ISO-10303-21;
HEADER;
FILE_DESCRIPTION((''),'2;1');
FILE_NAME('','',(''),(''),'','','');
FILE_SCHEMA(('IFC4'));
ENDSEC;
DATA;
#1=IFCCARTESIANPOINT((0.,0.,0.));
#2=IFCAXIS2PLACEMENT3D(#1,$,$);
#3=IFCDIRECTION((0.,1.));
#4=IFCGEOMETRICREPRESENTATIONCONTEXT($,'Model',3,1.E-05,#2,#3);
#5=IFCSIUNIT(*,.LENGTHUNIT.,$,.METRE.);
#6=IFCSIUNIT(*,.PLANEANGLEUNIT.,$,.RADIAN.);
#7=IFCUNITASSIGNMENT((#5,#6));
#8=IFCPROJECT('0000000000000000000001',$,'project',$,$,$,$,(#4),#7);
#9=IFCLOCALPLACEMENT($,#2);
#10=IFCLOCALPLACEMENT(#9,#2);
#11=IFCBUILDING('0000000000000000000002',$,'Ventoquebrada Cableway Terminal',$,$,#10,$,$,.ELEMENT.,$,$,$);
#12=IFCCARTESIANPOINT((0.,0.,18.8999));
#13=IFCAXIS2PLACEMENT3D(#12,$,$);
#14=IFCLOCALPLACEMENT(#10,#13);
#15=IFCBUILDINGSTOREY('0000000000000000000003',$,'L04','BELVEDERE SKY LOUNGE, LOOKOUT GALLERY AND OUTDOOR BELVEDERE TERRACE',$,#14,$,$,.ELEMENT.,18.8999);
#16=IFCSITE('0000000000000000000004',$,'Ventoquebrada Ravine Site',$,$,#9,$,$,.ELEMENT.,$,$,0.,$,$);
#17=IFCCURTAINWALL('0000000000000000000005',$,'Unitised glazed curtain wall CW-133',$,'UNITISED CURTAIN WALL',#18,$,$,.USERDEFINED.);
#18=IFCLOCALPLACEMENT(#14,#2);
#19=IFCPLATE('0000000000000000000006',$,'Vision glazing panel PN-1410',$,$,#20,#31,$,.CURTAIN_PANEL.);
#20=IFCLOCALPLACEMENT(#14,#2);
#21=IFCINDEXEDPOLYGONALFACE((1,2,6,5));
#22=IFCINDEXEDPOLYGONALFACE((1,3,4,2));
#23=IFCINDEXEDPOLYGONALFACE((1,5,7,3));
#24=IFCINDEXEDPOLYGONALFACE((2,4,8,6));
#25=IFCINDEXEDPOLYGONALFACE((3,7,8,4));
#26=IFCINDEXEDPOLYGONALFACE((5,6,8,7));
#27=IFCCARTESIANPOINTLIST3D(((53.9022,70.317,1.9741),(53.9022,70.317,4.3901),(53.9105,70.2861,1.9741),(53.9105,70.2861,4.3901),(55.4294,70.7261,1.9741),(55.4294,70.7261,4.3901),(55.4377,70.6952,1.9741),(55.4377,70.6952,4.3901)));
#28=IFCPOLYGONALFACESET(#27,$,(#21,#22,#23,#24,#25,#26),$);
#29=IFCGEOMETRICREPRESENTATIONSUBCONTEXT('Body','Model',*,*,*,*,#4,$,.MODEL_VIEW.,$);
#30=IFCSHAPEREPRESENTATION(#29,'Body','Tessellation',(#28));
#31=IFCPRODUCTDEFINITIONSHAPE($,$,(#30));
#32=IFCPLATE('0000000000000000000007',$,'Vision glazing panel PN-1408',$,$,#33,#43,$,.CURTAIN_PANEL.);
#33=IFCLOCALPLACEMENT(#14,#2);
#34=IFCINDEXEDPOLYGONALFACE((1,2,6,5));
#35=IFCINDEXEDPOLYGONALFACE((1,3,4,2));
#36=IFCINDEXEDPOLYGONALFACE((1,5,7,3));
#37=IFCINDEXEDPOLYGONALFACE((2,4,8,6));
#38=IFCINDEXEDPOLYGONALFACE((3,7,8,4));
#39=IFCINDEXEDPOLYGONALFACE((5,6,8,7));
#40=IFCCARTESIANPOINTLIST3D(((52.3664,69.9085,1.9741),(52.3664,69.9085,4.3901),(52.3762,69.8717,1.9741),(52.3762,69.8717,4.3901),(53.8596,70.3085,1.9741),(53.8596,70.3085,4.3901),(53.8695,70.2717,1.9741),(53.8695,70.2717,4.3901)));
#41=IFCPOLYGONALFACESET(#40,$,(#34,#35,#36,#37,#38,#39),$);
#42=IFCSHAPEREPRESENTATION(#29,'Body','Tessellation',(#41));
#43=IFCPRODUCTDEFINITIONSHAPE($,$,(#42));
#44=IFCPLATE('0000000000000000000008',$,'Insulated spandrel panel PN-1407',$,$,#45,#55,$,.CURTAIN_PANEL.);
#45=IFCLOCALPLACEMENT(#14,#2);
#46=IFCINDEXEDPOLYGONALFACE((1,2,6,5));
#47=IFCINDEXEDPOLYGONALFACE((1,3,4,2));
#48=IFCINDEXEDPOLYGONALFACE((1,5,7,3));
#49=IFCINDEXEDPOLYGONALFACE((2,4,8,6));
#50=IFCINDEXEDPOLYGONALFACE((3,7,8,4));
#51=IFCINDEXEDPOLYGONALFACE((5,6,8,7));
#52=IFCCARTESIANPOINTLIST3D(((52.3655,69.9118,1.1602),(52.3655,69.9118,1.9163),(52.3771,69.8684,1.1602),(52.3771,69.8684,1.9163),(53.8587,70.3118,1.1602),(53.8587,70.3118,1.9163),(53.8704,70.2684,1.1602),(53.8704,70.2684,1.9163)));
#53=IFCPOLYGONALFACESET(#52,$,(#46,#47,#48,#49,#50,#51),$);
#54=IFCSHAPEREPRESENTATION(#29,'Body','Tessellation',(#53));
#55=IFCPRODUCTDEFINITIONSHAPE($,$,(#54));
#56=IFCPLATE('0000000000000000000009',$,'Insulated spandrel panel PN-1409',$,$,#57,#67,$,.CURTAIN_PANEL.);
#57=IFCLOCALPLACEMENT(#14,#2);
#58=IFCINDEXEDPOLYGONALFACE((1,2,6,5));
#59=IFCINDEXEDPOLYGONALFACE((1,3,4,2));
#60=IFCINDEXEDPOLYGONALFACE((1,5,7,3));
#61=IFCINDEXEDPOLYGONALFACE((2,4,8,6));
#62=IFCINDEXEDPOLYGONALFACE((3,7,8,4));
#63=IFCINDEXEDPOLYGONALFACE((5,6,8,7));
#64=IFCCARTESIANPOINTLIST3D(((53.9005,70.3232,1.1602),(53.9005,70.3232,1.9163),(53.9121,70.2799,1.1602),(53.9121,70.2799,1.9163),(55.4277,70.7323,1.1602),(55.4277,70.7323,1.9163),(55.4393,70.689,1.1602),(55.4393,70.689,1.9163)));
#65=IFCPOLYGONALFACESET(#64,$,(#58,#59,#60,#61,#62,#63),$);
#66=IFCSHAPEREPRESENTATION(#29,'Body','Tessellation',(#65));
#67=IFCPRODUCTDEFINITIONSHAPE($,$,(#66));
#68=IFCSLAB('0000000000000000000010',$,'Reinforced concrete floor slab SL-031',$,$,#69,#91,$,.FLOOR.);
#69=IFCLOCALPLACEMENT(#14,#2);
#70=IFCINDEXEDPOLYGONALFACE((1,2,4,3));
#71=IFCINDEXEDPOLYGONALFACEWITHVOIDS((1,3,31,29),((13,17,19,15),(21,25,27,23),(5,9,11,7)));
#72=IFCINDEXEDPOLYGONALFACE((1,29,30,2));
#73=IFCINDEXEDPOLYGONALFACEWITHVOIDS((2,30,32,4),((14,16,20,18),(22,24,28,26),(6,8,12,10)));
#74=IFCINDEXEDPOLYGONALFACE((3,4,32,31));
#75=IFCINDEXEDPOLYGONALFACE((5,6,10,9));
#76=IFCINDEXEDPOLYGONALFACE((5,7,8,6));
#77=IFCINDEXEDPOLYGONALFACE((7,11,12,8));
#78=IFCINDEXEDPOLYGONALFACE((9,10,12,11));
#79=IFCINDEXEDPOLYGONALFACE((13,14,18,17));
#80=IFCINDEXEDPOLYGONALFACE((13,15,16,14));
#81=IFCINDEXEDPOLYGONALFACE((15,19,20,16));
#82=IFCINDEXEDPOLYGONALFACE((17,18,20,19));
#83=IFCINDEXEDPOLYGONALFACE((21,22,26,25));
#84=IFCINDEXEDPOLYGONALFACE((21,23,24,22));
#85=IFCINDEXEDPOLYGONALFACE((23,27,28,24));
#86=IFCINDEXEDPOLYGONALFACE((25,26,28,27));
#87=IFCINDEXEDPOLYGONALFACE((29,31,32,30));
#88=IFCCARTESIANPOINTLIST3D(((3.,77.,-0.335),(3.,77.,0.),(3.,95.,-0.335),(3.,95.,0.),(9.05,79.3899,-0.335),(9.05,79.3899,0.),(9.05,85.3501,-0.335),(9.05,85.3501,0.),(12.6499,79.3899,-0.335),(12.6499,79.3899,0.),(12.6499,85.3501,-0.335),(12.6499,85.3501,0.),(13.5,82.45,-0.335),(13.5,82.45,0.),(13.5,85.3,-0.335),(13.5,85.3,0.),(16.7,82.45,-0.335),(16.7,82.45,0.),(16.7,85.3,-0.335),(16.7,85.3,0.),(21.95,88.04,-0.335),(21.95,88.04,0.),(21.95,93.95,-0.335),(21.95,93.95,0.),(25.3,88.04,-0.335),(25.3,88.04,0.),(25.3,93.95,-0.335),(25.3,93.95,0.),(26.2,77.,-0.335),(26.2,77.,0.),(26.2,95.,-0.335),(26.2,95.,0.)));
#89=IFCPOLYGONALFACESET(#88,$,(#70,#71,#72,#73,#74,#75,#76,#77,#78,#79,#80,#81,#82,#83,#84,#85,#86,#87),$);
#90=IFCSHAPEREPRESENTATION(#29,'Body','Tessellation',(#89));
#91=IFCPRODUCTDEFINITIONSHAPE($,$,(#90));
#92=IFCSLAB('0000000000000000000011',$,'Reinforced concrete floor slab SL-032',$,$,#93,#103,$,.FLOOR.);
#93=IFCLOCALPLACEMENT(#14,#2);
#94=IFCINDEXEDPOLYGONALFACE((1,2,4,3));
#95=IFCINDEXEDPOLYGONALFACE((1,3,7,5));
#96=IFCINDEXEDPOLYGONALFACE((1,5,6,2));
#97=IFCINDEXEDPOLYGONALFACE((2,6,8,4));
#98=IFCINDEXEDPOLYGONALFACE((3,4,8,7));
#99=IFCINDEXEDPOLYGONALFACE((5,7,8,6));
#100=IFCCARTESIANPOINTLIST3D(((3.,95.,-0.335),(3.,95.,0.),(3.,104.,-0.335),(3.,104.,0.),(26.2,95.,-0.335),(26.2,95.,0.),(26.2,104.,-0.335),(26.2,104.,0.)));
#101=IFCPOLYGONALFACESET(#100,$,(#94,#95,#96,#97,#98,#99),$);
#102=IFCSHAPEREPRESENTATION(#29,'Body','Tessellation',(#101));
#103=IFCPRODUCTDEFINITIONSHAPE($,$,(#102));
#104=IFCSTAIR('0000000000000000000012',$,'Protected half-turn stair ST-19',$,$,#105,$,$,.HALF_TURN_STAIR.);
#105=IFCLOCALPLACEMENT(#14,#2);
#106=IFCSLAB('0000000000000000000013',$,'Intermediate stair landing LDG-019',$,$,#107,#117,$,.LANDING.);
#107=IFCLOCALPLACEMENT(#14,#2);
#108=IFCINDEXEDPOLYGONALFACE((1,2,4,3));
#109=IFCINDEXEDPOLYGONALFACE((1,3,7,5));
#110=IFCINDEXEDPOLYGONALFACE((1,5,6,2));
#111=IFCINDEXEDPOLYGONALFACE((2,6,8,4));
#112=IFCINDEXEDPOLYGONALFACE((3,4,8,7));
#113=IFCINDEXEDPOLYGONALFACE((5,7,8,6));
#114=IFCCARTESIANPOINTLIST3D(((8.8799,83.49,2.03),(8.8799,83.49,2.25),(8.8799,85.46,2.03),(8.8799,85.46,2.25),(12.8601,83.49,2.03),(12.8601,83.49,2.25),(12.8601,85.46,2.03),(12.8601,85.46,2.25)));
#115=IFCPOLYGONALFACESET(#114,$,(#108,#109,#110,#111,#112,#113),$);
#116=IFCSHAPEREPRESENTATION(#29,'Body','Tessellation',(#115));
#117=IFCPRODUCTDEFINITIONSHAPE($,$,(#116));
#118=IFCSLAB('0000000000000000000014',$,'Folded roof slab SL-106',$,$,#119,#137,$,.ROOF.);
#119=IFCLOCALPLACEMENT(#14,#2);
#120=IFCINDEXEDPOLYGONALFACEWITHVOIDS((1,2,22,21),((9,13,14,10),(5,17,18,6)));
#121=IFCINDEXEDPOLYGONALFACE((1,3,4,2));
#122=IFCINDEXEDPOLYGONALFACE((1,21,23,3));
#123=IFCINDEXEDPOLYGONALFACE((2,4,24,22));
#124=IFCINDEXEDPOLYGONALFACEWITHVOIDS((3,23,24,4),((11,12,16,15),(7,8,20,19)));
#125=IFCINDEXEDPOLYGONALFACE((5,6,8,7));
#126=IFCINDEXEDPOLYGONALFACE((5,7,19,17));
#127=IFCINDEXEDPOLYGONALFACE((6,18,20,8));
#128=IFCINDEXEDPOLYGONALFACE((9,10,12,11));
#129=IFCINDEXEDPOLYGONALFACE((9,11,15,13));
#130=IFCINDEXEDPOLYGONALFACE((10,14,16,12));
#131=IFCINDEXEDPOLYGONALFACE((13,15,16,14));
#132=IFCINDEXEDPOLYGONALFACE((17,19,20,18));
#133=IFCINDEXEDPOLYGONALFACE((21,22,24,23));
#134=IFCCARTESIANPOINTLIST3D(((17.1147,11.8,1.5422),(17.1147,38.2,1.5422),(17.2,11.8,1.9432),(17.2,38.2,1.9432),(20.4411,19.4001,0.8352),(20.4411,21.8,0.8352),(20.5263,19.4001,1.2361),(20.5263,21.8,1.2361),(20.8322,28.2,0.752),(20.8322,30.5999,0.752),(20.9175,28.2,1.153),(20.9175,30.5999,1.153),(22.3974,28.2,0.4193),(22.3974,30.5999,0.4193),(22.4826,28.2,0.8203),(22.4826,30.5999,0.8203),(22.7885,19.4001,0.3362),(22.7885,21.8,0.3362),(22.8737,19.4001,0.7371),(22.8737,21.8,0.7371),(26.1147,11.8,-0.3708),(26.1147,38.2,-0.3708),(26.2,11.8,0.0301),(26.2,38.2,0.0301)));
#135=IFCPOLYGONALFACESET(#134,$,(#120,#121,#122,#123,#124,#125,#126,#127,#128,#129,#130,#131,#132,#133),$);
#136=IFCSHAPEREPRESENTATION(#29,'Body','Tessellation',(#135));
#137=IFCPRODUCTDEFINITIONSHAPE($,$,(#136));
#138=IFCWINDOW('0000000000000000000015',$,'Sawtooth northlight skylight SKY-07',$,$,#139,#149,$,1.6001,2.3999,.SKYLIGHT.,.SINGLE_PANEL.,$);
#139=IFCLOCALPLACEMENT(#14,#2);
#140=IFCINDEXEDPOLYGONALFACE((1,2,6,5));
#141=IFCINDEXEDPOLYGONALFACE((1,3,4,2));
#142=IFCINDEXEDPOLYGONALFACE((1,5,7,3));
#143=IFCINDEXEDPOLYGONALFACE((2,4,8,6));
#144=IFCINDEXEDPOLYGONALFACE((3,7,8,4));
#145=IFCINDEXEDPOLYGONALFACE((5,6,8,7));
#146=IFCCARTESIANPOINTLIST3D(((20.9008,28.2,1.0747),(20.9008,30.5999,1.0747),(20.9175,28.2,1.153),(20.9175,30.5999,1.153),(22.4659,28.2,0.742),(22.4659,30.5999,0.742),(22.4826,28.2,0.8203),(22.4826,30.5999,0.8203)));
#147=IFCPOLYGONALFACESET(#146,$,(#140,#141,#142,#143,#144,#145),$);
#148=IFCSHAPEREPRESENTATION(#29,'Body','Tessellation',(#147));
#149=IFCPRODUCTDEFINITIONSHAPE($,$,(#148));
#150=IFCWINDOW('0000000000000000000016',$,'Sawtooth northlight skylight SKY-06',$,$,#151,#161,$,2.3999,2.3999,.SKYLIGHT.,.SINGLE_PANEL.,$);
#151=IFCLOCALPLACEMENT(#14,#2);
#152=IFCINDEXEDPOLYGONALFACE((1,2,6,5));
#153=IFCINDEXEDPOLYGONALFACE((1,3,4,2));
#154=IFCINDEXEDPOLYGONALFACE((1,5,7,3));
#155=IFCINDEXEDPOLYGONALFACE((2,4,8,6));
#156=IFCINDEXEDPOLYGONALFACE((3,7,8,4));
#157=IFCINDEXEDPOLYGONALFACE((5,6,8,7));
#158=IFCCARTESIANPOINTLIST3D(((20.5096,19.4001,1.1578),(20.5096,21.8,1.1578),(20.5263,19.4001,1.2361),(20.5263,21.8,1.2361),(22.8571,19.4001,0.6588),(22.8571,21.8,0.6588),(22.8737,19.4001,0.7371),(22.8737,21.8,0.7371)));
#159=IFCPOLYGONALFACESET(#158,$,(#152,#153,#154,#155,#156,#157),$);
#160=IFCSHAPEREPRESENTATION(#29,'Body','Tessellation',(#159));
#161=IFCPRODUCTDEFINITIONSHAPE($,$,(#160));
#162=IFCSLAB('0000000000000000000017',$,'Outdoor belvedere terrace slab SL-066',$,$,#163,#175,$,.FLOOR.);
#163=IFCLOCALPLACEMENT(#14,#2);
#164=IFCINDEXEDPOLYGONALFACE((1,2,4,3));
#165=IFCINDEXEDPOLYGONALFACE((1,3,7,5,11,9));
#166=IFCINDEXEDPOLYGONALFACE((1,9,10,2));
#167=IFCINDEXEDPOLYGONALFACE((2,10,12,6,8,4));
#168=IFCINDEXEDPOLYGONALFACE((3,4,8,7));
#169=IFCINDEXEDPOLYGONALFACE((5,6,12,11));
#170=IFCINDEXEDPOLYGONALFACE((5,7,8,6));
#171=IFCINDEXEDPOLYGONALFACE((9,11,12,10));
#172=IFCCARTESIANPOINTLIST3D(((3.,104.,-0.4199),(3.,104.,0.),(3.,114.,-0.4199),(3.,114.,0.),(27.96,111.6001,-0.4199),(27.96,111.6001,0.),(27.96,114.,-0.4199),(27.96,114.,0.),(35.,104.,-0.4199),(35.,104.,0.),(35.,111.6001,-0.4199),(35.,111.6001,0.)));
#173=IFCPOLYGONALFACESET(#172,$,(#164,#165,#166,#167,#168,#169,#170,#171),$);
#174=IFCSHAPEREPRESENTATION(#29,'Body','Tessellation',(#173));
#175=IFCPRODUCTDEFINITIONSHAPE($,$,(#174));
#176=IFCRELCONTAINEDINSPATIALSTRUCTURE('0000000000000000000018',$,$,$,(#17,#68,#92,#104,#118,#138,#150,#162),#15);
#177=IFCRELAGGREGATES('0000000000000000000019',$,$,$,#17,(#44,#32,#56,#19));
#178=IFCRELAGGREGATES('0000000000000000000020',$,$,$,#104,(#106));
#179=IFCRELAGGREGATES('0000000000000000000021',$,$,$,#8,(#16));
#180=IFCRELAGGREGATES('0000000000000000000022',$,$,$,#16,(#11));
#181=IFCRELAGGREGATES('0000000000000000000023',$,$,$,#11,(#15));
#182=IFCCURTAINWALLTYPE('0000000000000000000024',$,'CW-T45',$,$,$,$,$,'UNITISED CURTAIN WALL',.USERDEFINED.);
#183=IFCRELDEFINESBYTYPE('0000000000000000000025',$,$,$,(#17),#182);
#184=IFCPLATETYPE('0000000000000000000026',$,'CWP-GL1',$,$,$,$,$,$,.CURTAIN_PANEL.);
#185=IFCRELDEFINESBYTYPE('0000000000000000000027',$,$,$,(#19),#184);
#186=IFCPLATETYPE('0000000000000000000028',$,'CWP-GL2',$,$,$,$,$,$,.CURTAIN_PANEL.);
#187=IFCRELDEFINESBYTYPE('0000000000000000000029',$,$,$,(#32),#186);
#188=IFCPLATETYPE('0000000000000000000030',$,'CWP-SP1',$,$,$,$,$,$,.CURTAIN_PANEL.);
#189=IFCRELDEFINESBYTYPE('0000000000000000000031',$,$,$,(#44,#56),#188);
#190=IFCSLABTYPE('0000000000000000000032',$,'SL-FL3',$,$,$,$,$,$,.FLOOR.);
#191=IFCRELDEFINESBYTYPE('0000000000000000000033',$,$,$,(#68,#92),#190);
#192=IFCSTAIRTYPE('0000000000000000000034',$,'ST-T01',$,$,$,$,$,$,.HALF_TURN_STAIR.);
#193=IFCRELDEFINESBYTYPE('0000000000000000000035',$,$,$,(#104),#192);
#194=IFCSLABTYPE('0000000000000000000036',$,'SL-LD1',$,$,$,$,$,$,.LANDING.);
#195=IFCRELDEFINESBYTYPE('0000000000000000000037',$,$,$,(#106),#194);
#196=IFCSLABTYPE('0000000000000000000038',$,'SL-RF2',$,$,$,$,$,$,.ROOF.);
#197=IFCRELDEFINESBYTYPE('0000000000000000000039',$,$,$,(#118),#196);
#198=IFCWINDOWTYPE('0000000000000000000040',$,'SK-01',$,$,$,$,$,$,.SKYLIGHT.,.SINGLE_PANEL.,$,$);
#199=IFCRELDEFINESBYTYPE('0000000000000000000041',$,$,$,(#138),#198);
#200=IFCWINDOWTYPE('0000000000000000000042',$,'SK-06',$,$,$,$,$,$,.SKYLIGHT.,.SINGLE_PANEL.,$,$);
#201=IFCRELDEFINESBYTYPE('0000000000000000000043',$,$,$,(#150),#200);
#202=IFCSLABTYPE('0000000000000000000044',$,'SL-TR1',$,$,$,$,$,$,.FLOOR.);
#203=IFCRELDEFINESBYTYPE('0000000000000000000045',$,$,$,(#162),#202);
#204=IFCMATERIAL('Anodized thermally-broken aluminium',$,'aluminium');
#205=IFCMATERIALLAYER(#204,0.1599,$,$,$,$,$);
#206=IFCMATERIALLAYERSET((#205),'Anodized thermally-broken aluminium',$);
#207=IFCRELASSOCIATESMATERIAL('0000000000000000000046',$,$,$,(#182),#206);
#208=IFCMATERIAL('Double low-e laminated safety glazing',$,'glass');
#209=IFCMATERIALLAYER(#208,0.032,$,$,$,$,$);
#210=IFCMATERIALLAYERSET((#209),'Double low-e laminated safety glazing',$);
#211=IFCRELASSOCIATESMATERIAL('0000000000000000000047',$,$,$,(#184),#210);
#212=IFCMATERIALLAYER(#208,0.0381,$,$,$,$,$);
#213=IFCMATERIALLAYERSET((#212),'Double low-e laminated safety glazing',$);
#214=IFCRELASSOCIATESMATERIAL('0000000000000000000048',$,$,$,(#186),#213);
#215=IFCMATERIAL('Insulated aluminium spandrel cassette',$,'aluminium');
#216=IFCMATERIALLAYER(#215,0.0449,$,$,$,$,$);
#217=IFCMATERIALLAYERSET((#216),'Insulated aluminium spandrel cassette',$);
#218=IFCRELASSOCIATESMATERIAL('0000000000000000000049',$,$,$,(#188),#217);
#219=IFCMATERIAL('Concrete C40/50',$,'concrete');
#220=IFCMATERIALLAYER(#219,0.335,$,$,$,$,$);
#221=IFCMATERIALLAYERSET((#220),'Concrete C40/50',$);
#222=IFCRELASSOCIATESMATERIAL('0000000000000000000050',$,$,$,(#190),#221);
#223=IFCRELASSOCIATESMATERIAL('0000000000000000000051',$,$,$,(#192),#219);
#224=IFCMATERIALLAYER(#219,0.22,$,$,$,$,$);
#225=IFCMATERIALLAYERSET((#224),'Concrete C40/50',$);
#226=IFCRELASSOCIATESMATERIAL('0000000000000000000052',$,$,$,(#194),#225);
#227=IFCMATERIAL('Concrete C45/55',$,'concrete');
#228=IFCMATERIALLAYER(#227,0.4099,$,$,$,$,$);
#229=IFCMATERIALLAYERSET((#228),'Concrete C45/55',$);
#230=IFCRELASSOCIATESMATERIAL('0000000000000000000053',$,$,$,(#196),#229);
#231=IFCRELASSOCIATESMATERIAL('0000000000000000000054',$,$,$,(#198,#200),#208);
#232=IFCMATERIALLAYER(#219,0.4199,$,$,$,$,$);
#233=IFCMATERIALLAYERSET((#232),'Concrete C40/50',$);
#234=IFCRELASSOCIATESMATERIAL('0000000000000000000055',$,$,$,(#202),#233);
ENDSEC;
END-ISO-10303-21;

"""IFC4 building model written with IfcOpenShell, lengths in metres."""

from ifc_helpers import new_model, si_unit, direction, frame, origin, origin_2d, place, context, subcontext, project, spatial, polyline, rectangle, outline, extrude, material, layer, layer_set, type_object, element, fill, aggregate, save


model = new_model("IFC4")

# Units and contexts
model_context = context("Model", 3, precision=1e-05, world=origin(), true_north=direction((0.0, 1.0)))
body_context = subcontext(model_context, "Body", "Model", "MODEL_VIEW")
ifc_project = project(units=[si_unit("LENGTHUNIT", "METRE"), si_unit("PLANEANGLEUNIT", "RADIAN")], contexts=[model_context])

# Site, building, storey
site_placement = place(None, origin())
site = spatial("IfcSite", under=ifc_project, at=site_placement, Name="Ventoquebrada Ravine Site", CompositionType="ELEMENT", RefElevation=0.0)
building_placement = place(site_placement, origin())
building = spatial("IfcBuilding", under=site, at=building_placement, Name="Ventoquebrada Cableway Terminal", CompositionType="ELEMENT")
storey_placement = place(building_placement, frame((0.0, 0.0, 18.8999)))
storey = spatial("IfcBuildingStorey", under=building, at=storey_placement, Name="L04", Description="BELVEDERE SKY LOUNGE, LOOKOUT GALLERY AND OUTDOOR BELVEDERE TERRACE", CompositionType="ELEMENT", Elevation=18.8999)

# Curtain wall
ifc_material_1 = material(Name="Anodized thermally-broken aluminium", Category="aluminium")
ifc_layer_1 = layer(ifc_material_1, 0.1599)
ifc_layer_set_1 = layer_set([ifc_layer_1], Name="Anodized thermally-broken aluminium")
curtain_wall_type_1 = type_object("IfcCurtainWallType", Name="CW-T45", ElementType="UNITISED CURTAIN WALL", PredefinedType="USERDEFINED", material=ifc_layer_set_1)
curtain_wall_1_placement = place(storey_placement, origin())
curtain_wall_1 = element("IfcCurtainWall", 1, at=curtain_wall_1_placement, inside=storey, type_object=curtain_wall_type_1, Name="Unitised glazed curtain wall CW-133", ObjectType="UNITISED CURTAIN WALL", PredefinedType="USERDEFINED")

# Plates
ifc_material_2 = material(Name="Double low-e laminated safety glazing", Category="glass")
ifc_layer_2 = layer(ifc_material_2, 0.032)
ifc_layer_set_2 = layer_set([ifc_layer_2], Name="Double low-e laminated safety glazing")
plate_type_1 = type_object("IfcPlateType", Name="CWP-GL1", PredefinedType="CURTAIN_PANEL", material=ifc_layer_set_2)
plate_1_placement = place(storey_placement, frame((54.6699, 70.5061, 1.9741), z_axis=(0.0, 0.0, 1.0), x_axis=(0.965944, 0.258752, 0.0)))
plate_1 = element("IfcPlate", 2, at=plate_1_placement, type_object=plate_type_1, Name="Vision glazing panel PN-1410", PredefinedType="CURTAIN_PANEL", context=body_context, shape_type="SweptSolid", body=[
    extrude(rectangle(XDim=1.5811, YDim=0.032, at=origin_2d()), origin(), (0.0, 0.0, 1.0), 2.416),
])
ifc_layer_3 = layer(ifc_material_2, 0.0381)
ifc_layer_set_3 = layer_set([ifc_layer_3], Name="Double low-e laminated safety glazing")
plate_type_2 = type_object("IfcPlateType", Name="CWP-GL2", PredefinedType="CURTAIN_PANEL", material=ifc_layer_set_3)
plate_2_placement = place(storey_placement, frame((53.1179, 70.0901, 1.9741), z_axis=(0.0, 0.0, 1.0), x_axis=(0.965944, 0.258752, 0.0)))
plate_2 = element("IfcPlate", 3, at=plate_2_placement, type_object=plate_type_2, Name="Vision glazing panel PN-1408", PredefinedType="CURTAIN_PANEL", context=body_context, shape_type="SweptSolid", body=[
    extrude(rectangle(XDim=1.5459, YDim=0.0381, at=origin_2d()), origin(), (0.0, 0.0, 1.0), 2.416),
])
ifc_material_3 = material(Name="Insulated aluminium spandrel cassette", Category="aluminium")
ifc_layer_4 = layer(ifc_material_3, 0.0449)
ifc_layer_set_4 = layer_set([ifc_layer_4], Name="Insulated aluminium spandrel cassette")
plate_type_3 = type_object("IfcPlateType", Name="CWP-SP1", PredefinedType="CURTAIN_PANEL", material=ifc_layer_set_4)
plate_3_placement = place(storey_placement, frame((53.1179, 70.0901, 1.1602), z_axis=(0.0, 0.0, 1.0), x_axis=(0.965944, 0.258752, 0.0)))
plate_3 = element("IfcPlate", 4, at=plate_3_placement, type_object=plate_type_3, Name="Insulated spandrel panel PN-1407", PredefinedType="CURTAIN_PANEL", context=body_context, shape_type="SweptSolid", body=[
    extrude(rectangle(XDim=1.5459, YDim=0.0449, at=origin_2d()), origin(), (0.0, 0.0, 1.0), 0.7561),
])
plate_4_placement = place(storey_placement, frame((54.6699, 70.5061, 1.1602), z_axis=(0.0, 0.0, 1.0), x_axis=(0.965944, 0.258752, 0.0)))
plate_4 = element("IfcPlate", 5, at=plate_4_placement, type_object=plate_type_3, Name="Insulated spandrel panel PN-1409", PredefinedType="CURTAIN_PANEL", context=body_context, shape_type="SweptSolid", body=[
    extrude(rectangle(XDim=1.5811, YDim=0.0449, at=origin_2d()), origin(), (0.0, 0.0, 1.0), 0.7561),
])
aggregate(curtain_wall_1, [plate_3, plate_2, plate_4, plate_1])

# Slabs
ifc_material_4 = material(Name="Concrete C40/50", Category="concrete")
ifc_layer_5 = layer(ifc_material_4, 0.335)
ifc_layer_set_5 = layer_set([ifc_layer_5], Name="Concrete C40/50")
slab_type_1 = type_object("IfcSlabType", Name="SL-FL3", PredefinedType="FLOOR", material=ifc_layer_set_5)
slab_1_placement = place(storey_placement, frame((0.0, 0.0, -0.335)))
element("IfcSlab", 6, at=slab_1_placement, inside=storey, type_object=slab_type_1, Name="Reinforced concrete floor slab SL-031", PredefinedType="FLOOR", context=body_context, shape_type="SweptSolid", body=[
    extrude(outline(polyline([(3.0, 95.0), (3.0, 77.0), (26.2, 77.0), (26.2, 95.0), (3.0, 95.0)]), holes=[polyline([(9.05, 85.3501), (12.6499, 85.3501), (12.6499, 79.3899), (9.05, 79.3899), (9.05, 85.3501)]), polyline([(16.7, 85.3), (16.7, 82.45), (13.5, 82.45), (13.5, 85.3), (16.7, 85.3)]), polyline([(25.3, 88.04), (21.95, 88.04), (21.95, 93.95), (25.3, 93.95), (25.3, 88.04)])]), origin(), (0.0, 0.0, 1.0), 0.335),
])
slab_2_placement = place(storey_placement, frame((0.0, 0.0, -0.335)))
element("IfcSlab", 7, at=slab_2_placement, inside=storey, type_object=slab_type_1, Name="Reinforced concrete floor slab SL-032", PredefinedType="FLOOR", context=body_context, shape_type="SweptSolid", body=[
    extrude(outline(polyline([(26.2, 95.0), (26.2, 104.0), (3.0, 104.0), (3.0, 95.0), (26.2, 95.0)])), origin(), (0.0, 0.0, 1.0), 0.335),
])

# Stair, slab
stair_type = type_object("IfcStairType", Name="ST-T01", PredefinedType="HALF_TURN_STAIR", material=ifc_material_4)
stair_placement = place(storey_placement, origin())
stair = element("IfcStair", 8, at=stair_placement, inside=storey, type_object=stair_type, Name="Protected half-turn stair ST-19", PredefinedType="HALF_TURN_STAIR")
ifc_layer_6 = layer(ifc_material_4, 0.22)
ifc_layer_set_6 = layer_set([ifc_layer_6], Name="Concrete C40/50")
slab_type_2 = type_object("IfcSlabType", Name="SL-LD1", PredefinedType="LANDING", material=ifc_layer_set_6)
slab_3_placement = place(storey_placement, frame((0.0, 0.0, 2.03)))
slab_3 = element("IfcSlab", 9, at=slab_3_placement, type_object=slab_type_2, Name="Intermediate stair landing LDG-019", PredefinedType="LANDING", context=body_context, shape_type="SweptSolid", body=[
    extrude(outline(polyline([(12.8601, 83.49), (12.8601, 85.46), (8.8799, 85.46), (8.8799, 83.49), (12.8601, 83.49)])), origin(), (0.0, 0.0, 1.0), 0.22),
])
aggregate(stair, [slab_3])

# Slab, openings, windows
ifc_material_5 = material(Name="Concrete C45/55", Category="concrete")
ifc_layer_7 = layer(ifc_material_5, 0.4099)
ifc_layer_set_7 = layer_set([ifc_layer_7], Name="Concrete C45/55")
slab_type_3 = type_object("IfcSlabType", Name="SL-RF2", PredefinedType="ROOF", material=ifc_layer_set_7)
slab_4_placement = place(storey_placement, frame((17.1147, 11.8, 1.5422), z_axis=(0.20792, 0.0, 0.978146), x_axis=(0.978146, 0.0, -0.20792)))
slab_4 = element("IfcSlab", 10, at=slab_4_placement, inside=storey, type_object=slab_type_3, Name="Folded roof slab SL-106", PredefinedType="ROOF", context=body_context, shape_type="SweptSolid", body=[
    extrude(outline(polyline([(0.0, 0.0), (9.2011, 0.0), (9.2011, 26.3999), (0.0, 26.3999), (0.0, 0.0)])), origin(), (0.0, 0.0, 1.0), 0.4099),
])
opening_1_placement = place(slab_4_placement, frame((4.6006, 8.8, -0.01), z_axis=(0.0, 0.0, 1.0), x_axis=(1.0, 0.0, 0.0)))
opening_1 = element("IfcOpeningElement", 11, at=opening_1_placement, cuts=slab_4, PredefinedType="OPENING", context=body_context, shape_type="SweptSolid", body=[
    extrude(rectangle(XDim=2.3999, YDim=2.3999, at=origin_2d()), origin(), (0.0, 0.0, 1.0), 0.4299),
])
opening_2_placement = place(slab_4_placement, frame((4.6006, 17.5999, -0.01), z_axis=(0.0, 0.0, 1.0), x_axis=(0.0, 1.0, 0.0)))
opening_2 = element("IfcOpeningElement", 12, at=opening_2_placement, cuts=slab_4, PredefinedType="OPENING", context=body_context, shape_type="SweptSolid", body=[
    extrude(rectangle(XDim=2.3999, YDim=1.6001, at=origin_2d()), origin(), (0.0, 0.0, 1.0), 0.4299),
])
window_type_1 = type_object("IfcWindowType", Name="SK-01", PartitioningType="SINGLE_PANEL", PredefinedType="SKYLIGHT", material=ifc_material_2)
window_1_placement = place(opening_2_placement, frame((0.0, 0.0, 0.3398)))
window_1 = element("IfcWindow", 13, at=window_1_placement, inside=storey, type_object=window_type_1, Name="Sawtooth northlight skylight SKY-07", OverallHeight=1.6001, OverallWidth=2.3999, PartitioningType="SINGLE_PANEL", PredefinedType="SKYLIGHT", context=body_context, shape_type="SweptSolid", body=[
    extrude(rectangle(XDim=2.3999, YDim=1.6001, at=origin_2d()), origin(), (0.0, 0.0, 1.0), 0.0801),
])
fill(opening_2, window_1)
window_type_2 = type_object("IfcWindowType", Name="SK-06", PartitioningType="SINGLE_PANEL", PredefinedType="SKYLIGHT", material=ifc_material_2)
window_2_placement = place(opening_1_placement, frame((0.0, 0.0, 0.3398)))
window_2 = element("IfcWindow", 14, at=window_2_placement, inside=storey, type_object=window_type_2, Name="Sawtooth northlight skylight SKY-06", OverallHeight=2.3999, OverallWidth=2.3999, PartitioningType="SINGLE_PANEL", PredefinedType="SKYLIGHT", context=body_context, shape_type="SweptSolid", body=[
    extrude(rectangle(XDim=2.3999, YDim=2.3999, at=origin_2d()), origin(), (0.0, 0.0, 1.0), 0.0801),
])
fill(opening_1, window_2)

# Slab
ifc_layer_8 = layer(ifc_material_4, 0.4199)
ifc_layer_set_8 = layer_set([ifc_layer_8], Name="Concrete C40/50")
slab_type_4 = type_object("IfcSlabType", Name="SL-TR1", PredefinedType="FLOOR", material=ifc_layer_set_8)
slab_5_placement = place(storey_placement, frame((0.0, 0.0, -0.4199)))
element("IfcSlab", 15, at=slab_5_placement, inside=storey, type_object=slab_type_4, Name="Outdoor belvedere terrace slab SL-066", PredefinedType="FLOOR", context=body_context, shape_type="SweptSolid", body=[
    extrude(outline(polyline([(35.0, 111.6001), (27.96, 111.6001), (27.96, 114.0), (3.0, 114.0), (3.0, 104.0), (35.0, 104.0), (35.0, 111.6001)])), origin(), (0.0, 0.0, 1.0), 0.4199),
])

save(model, "model.ifc")
